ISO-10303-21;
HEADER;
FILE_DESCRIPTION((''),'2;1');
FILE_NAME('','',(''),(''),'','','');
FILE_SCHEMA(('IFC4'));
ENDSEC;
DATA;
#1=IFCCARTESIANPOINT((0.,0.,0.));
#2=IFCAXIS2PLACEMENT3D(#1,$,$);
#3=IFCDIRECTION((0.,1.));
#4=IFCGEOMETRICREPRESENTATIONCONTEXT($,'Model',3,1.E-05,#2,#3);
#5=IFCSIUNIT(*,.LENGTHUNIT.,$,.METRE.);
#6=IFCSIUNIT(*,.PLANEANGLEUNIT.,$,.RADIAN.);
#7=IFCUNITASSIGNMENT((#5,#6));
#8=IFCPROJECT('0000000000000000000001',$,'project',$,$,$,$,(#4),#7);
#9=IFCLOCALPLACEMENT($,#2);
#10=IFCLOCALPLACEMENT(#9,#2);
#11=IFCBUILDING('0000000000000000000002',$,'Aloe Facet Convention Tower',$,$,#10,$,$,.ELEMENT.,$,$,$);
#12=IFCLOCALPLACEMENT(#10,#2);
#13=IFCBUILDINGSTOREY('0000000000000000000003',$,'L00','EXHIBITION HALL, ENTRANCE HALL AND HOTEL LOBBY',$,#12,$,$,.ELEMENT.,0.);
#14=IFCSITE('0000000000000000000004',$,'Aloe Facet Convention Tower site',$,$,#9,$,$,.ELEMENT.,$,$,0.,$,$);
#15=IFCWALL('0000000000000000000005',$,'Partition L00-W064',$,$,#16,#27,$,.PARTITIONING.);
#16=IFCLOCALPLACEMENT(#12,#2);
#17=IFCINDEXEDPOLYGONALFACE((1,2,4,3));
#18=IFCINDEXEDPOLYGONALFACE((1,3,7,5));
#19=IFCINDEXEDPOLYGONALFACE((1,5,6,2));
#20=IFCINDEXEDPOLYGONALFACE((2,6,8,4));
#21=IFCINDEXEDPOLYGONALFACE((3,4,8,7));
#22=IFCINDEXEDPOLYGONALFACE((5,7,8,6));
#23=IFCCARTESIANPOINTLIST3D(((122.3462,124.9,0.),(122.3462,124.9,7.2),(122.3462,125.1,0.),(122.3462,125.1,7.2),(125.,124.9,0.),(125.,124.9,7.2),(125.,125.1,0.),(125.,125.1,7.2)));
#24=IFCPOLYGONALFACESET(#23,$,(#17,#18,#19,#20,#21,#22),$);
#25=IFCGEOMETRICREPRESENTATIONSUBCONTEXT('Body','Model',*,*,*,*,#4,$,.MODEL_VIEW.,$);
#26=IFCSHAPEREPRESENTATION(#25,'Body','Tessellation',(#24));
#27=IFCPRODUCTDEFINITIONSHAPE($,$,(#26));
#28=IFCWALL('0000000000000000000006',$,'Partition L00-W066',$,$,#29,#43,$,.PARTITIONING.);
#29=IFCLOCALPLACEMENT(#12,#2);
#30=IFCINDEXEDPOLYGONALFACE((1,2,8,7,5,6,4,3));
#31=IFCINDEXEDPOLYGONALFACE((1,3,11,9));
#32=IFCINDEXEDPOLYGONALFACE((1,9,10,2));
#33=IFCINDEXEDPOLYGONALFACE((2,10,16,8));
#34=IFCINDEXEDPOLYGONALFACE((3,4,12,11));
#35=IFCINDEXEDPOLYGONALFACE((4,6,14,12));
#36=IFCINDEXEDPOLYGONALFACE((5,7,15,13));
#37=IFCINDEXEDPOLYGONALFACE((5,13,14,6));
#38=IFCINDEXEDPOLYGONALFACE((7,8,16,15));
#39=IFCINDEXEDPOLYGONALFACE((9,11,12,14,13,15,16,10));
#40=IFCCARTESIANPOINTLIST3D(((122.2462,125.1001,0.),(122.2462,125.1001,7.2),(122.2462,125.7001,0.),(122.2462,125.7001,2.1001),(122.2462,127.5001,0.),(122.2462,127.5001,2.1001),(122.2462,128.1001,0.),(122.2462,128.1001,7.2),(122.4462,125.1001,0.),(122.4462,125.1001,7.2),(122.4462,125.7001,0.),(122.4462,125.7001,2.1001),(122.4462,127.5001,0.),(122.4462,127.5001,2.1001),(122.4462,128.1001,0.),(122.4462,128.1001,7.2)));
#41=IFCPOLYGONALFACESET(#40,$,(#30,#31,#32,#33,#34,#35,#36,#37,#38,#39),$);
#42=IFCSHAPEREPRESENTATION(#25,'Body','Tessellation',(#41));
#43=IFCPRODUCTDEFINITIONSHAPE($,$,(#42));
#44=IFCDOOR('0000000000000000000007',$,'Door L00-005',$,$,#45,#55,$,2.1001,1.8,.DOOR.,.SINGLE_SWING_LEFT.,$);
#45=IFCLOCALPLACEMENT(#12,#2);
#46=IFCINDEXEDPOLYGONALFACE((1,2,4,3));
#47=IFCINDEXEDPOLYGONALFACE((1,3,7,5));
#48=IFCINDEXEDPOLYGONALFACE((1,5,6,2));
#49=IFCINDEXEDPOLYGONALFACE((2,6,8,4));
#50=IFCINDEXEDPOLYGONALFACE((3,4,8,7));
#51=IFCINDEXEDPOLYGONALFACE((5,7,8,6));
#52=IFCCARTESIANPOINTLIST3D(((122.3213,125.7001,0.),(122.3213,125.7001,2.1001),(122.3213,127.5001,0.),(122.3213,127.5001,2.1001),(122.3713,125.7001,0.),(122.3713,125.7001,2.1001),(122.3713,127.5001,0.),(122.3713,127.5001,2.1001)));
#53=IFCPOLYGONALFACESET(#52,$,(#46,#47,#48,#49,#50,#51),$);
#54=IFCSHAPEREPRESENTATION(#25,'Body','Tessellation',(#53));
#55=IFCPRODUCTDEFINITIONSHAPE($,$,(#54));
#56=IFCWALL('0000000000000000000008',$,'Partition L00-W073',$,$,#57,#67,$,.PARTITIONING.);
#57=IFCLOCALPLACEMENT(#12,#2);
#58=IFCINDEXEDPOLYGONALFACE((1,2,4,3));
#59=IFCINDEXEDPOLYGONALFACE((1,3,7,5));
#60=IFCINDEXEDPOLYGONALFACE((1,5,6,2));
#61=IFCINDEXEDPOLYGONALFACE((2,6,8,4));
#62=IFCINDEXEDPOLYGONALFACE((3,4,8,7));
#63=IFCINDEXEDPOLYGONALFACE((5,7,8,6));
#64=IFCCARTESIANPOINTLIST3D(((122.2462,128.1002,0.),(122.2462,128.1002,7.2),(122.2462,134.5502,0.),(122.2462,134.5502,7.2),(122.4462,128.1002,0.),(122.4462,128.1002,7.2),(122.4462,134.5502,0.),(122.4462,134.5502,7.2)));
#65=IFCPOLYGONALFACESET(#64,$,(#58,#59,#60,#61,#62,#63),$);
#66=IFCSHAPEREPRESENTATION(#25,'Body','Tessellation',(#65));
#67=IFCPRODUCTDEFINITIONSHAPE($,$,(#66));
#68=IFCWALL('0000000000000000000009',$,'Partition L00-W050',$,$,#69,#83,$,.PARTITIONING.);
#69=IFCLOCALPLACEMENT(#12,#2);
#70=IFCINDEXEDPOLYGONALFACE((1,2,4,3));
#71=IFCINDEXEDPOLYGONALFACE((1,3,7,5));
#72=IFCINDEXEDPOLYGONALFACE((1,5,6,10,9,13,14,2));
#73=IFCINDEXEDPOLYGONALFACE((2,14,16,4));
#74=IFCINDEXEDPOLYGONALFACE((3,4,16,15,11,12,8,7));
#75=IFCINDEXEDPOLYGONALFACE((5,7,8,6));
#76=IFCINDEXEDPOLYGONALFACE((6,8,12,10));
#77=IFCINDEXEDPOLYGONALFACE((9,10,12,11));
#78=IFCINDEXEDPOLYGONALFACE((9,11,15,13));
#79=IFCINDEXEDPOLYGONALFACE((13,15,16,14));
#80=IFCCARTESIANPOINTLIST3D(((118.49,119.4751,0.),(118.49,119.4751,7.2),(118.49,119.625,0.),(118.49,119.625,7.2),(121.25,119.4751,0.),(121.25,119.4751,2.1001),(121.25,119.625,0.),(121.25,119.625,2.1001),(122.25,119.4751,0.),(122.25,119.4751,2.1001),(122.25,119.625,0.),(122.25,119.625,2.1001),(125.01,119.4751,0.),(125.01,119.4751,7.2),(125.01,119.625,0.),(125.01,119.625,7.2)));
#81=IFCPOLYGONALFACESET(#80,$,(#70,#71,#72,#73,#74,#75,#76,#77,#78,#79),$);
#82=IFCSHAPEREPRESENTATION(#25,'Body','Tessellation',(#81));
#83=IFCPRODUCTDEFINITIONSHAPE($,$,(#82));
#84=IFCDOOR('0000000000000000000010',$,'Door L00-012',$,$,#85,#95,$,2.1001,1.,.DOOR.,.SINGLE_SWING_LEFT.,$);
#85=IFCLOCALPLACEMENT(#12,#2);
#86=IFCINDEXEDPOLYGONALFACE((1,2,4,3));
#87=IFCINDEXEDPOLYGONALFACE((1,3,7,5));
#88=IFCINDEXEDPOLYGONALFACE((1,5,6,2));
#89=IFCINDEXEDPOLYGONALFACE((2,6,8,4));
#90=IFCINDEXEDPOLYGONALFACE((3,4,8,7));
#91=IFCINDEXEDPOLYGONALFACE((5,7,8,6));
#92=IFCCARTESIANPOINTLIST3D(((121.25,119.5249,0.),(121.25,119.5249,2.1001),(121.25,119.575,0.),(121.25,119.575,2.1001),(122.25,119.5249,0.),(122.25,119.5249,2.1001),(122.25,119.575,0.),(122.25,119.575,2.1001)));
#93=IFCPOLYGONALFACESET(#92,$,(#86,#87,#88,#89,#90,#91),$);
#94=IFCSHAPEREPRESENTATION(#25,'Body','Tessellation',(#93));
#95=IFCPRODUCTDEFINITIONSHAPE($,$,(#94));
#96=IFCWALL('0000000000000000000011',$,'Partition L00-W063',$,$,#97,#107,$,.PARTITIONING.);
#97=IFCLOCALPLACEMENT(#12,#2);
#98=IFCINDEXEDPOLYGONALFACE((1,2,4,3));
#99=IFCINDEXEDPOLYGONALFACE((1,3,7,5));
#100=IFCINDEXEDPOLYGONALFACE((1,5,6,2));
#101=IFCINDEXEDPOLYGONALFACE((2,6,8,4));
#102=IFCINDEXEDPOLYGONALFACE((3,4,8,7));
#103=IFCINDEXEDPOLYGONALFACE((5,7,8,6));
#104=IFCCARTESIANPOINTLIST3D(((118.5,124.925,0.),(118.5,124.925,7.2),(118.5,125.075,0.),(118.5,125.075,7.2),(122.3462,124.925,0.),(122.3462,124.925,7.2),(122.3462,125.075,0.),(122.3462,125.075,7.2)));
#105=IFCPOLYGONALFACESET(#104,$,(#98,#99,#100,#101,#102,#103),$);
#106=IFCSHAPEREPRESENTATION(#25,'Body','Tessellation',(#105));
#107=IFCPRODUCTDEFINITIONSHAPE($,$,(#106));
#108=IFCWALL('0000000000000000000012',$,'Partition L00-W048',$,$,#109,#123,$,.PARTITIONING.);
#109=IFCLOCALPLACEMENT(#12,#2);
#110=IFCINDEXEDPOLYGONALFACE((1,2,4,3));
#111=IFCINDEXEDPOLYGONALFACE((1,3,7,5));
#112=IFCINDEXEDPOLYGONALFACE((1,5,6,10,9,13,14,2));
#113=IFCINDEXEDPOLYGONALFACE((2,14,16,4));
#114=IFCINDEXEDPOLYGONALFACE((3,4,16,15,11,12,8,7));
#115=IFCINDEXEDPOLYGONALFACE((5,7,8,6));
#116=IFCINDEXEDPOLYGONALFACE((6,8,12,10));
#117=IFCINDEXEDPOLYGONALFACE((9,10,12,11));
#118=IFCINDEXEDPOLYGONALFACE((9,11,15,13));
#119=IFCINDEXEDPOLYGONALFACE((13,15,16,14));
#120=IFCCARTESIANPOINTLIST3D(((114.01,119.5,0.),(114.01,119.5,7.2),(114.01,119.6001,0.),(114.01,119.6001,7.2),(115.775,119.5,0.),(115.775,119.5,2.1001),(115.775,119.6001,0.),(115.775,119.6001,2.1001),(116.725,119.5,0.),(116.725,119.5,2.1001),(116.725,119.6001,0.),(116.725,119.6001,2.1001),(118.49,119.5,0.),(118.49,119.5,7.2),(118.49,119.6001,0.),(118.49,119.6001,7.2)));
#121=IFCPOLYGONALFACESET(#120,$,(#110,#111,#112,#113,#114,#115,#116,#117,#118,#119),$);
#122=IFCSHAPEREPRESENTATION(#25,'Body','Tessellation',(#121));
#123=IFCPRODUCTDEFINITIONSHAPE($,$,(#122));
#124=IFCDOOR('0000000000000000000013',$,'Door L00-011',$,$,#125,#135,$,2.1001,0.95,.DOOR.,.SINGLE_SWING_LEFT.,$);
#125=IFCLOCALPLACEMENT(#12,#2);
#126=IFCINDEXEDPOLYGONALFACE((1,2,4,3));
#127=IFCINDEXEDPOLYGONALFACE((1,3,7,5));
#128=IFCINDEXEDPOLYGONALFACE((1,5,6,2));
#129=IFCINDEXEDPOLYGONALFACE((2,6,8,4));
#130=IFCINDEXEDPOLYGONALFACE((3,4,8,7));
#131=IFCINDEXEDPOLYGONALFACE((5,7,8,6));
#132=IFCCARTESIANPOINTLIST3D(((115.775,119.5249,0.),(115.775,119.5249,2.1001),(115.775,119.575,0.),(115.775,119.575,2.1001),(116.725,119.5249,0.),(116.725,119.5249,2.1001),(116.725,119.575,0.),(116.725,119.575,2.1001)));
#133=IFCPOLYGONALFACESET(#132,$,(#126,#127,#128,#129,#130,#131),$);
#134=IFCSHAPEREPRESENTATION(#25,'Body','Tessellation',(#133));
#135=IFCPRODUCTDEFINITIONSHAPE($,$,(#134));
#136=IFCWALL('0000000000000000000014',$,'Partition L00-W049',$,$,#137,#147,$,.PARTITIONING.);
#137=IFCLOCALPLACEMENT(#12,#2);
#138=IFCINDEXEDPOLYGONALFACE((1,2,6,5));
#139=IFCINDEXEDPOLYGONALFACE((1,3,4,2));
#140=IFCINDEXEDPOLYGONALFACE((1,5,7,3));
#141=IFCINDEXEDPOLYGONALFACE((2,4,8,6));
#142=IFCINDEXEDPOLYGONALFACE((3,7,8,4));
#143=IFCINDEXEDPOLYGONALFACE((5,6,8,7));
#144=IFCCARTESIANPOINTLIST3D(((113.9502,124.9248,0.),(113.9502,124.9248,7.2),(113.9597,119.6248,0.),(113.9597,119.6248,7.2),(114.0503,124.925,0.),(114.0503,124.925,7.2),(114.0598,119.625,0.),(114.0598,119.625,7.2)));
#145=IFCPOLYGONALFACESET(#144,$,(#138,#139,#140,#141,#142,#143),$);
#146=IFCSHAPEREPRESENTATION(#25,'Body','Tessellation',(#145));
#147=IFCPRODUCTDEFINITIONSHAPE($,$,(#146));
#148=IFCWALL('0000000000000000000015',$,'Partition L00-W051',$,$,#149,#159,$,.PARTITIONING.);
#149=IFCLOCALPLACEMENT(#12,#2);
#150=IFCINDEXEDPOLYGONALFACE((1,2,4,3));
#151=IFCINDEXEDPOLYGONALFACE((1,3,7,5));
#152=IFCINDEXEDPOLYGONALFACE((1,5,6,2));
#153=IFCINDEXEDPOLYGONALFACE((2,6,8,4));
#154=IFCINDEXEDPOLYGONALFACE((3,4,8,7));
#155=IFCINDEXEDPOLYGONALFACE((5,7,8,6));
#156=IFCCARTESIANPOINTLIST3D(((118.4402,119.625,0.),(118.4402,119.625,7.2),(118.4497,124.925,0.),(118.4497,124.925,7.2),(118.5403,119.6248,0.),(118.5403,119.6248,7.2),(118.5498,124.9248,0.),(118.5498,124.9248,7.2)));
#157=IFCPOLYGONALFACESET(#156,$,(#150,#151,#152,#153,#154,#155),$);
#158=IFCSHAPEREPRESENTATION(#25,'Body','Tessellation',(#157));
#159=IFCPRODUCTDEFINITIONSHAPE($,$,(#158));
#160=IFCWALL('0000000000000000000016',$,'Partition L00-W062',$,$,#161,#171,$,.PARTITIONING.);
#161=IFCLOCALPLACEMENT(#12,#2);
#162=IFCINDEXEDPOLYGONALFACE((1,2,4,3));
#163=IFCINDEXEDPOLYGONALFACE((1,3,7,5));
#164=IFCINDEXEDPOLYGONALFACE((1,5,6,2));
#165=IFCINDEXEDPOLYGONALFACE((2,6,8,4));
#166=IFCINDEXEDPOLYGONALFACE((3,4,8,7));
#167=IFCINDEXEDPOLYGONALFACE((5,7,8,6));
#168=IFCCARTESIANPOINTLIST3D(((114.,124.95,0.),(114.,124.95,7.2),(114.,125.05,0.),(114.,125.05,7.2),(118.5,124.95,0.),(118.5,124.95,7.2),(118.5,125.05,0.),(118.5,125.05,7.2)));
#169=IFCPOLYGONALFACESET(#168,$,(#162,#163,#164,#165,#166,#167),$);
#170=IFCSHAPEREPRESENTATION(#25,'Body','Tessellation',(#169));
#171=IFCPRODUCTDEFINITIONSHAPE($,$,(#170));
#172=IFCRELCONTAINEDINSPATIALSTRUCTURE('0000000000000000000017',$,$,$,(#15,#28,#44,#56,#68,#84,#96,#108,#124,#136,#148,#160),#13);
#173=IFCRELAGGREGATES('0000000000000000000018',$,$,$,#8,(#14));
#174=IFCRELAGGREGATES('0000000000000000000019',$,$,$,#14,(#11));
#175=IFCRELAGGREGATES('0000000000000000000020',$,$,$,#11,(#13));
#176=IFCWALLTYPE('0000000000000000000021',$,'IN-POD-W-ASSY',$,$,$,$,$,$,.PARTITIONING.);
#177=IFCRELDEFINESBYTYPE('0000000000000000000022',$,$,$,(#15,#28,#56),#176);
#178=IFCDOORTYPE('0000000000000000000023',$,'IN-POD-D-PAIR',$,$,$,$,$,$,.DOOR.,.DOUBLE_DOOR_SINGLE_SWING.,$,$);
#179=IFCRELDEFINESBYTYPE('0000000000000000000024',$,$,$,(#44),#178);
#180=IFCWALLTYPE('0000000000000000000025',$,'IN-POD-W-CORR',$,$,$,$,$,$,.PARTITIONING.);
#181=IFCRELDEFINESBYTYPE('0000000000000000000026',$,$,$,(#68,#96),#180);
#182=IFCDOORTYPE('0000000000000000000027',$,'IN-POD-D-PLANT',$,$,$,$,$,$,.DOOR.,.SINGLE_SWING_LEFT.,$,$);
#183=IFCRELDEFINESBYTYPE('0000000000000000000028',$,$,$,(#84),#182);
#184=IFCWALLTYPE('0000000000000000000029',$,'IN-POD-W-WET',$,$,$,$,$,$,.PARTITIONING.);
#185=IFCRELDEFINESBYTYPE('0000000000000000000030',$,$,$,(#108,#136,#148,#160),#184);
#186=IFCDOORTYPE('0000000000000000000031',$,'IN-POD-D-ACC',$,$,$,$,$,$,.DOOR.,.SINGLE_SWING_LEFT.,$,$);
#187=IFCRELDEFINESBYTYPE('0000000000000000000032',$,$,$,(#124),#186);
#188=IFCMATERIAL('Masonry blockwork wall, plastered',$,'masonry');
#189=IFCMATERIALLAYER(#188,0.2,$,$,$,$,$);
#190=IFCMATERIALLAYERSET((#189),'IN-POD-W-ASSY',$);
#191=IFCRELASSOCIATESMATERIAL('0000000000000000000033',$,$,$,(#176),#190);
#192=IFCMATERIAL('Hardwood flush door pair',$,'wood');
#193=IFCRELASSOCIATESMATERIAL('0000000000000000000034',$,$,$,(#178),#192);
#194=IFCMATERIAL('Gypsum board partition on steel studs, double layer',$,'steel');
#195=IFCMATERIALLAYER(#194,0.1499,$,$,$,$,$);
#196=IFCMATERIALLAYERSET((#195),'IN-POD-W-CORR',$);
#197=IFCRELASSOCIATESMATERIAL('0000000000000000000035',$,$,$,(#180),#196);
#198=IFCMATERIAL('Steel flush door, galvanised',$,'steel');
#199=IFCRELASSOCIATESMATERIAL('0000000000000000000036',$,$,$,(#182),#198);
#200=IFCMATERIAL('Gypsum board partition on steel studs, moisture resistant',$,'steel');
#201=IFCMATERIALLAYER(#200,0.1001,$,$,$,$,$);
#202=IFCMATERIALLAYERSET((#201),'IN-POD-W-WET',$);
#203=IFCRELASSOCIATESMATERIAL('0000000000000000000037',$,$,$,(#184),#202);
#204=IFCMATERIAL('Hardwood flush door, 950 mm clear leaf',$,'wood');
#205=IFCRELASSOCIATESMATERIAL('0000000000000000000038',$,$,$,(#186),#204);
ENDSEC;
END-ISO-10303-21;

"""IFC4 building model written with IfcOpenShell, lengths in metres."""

from ifc_helpers import new_model, si_unit, direction, frame, frame_2d, origin, place, context, subcontext, project, spatial, rectangle, extrude, material, layer, layer_set, type_object, element, fill, save


model = new_model("IFC4")

# Units and contexts
model_context = context("Model", 3, precision=1e-05, world=origin(), true_north=direction((0.0, 1.0)))
body_context = subcontext(model_context, "Body", "Model", "MODEL_VIEW")
ifc_project = project(units=[si_unit("LENGTHUNIT", "METRE"), si_unit("PLANEANGLEUNIT", "RADIAN")], contexts=[model_context])

# Site, building, storey
site_placement = place(None, origin())
site = spatial("IfcSite", under=ifc_project, at=site_placement, Name="Aloe Facet Convention Tower site", CompositionType="ELEMENT", RefElevation=0.0)
building_placement = place(site_placement, origin())
building = spatial("IfcBuilding", under=site, at=building_placement, Name="Aloe Facet Convention Tower", CompositionType="ELEMENT")
storey_placement = place(building_placement, origin())
storey = spatial("IfcBuildingStorey", under=building, at=storey_placement, Name="L00", Description="EXHIBITION HALL, ENTRANCE HALL AND HOTEL LOBBY", CompositionType="ELEMENT", Elevation=0.0)

# Wall
ifc_material_1 = material(Name="Masonry blockwork wall, plastered", Category="masonry")
ifc_layer_1 = layer(ifc_material_1, 0.2)
ifc_layer_set_1 = layer_set([ifc_layer_1], Name="IN-POD-W-ASSY")
wall_type_1 = type_object("IfcWallType", Name="IN-POD-W-ASSY", PredefinedType="PARTITIONING", material=ifc_layer_set_1)
wall_1_placement = place(storey_placement, frame((122.3462, 125.0, 0.0), z_axis=(0.0, 0.0, 1.0), x_axis=(1.0, 0.0, 0.0)))
element("IfcWall", 1, at=wall_1_placement, inside=storey, type_object=wall_type_1, Name="Partition L00-W064", PredefinedType="PARTITIONING", context=body_context, shape_type="SweptSolid", body=[
    extrude(rectangle(XDim=2.6538, YDim=0.2, at=frame_2d((1.3269, 0.0))), origin(), (0.0, 0.0, 1.0), 7.2),
])

# Wall, opening, door
wall_2_placement = place(storey_placement, frame((122.3462, 125.1001, 0.0), z_axis=(0.0, 0.0, 1.0), x_axis=(0.0, 1.0, 0.0)))
wall_2 = element("IfcWall", 2, at=wall_2_placement, inside=storey, type_object=wall_type_1, Name="Partition L00-W066", PredefinedType="PARTITIONING", context=body_context, shape_type="SweptSolid", body=[
    extrude(rectangle(XDim=3.0, YDim=0.2, at=frame_2d((1.5, 0.0))), origin(), (0.0, 0.0, 1.0), 7.2),
])
opening_1_placement = place(wall_2_placement, frame((0.6001, 0.0, 0.0)))
opening_1 = element("IfcOpeningElement", 3, at=opening_1_placement, cuts=wall_2, PredefinedType="OPENING", context=body_context, shape_type="SweptSolid", body=[
    extrude(rectangle(XDim=1.8, YDim=2.1001, at=frame_2d((0.8999, 1.05))), frame((0.0, 0.1099, 0.0), z_axis=(0.0, -1.0, 0.0), x_axis=(1.0, 0.0, 0.0)), (0.0, 0.0, 1.0), 0.22),
])
ifc_material_2 = material(Name="Hardwood flush door pair", Category="wood")
door_type_1 = type_object("IfcDoorType", Name="IN-POD-D-PAIR", OperationType="DOUBLE_DOOR_SINGLE_SWING", PredefinedType="DOOR", material=ifc_material_2)
door_1_placement = place(opening_1_placement, origin())
door_1 = element("IfcDoor", 4, at=door_1_placement, inside=storey, type_object=door_type_1, Name="Door L00-005", OperationType="SINGLE_SWING_LEFT", OverallHeight=2.1001, OverallWidth=1.8, PredefinedType="DOOR", context=body_context, shape_type="SweptSolid", body=[
    extrude(rectangle(XDim=1.8, YDim=2.1001, at=frame_2d((0.8999, 1.05))), frame((0.0, 0.0249, 0.0), z_axis=(0.0, -1.0, 0.0), x_axis=(1.0, 0.0, 0.0)), (0.0, 0.0, 1.0), 0.05),
])
fill(opening_1, door_1)

# Wall
wall_3_placement = place(storey_placement, frame((122.3462, 128.1001, 0.0), z_axis=(0.0, 0.0, 1.0), x_axis=(0.0, 1.0, 0.0)))
element("IfcWall", 5, at=wall_3_placement, inside=storey, type_object=wall_type_1, Name="Partition L00-W073", PredefinedType="PARTITIONING", context=body_context, shape_type="SweptSolid", body=[
    extrude(rectangle(XDim=6.45, YDim=0.2, at=frame_2d((3.2251, 0.0))), origin(), (0.0, 0.0, 1.0), 7.2),
])

# Wall, opening, door
ifc_material_3 = material(Name="Gypsum board partition on steel studs, double layer", Category="steel")
ifc_layer_2 = layer(ifc_material_3, 0.1499)
ifc_layer_set_2 = layer_set([ifc_layer_2], Name="IN-POD-W-CORR")
wall_type_2 = type_object("IfcWallType", Name="IN-POD-W-CORR", PredefinedType="PARTITIONING", material=ifc_layer_set_2)
wall_4_placement = place(storey_placement, frame((118.49, 119.55, 0.0), z_axis=(0.0, 0.0, 1.0), x_axis=(1.0, 0.0, 0.0)))
wall_4 = element("IfcWall", 6, at=wall_4_placement, inside=storey, type_object=wall_type_2, Name="Partition L00-W050", PredefinedType="PARTITIONING", context=body_context, shape_type="SweptSolid", body=[
    extrude(rectangle(XDim=6.52, YDim=0.1499, at=frame_2d((3.26, 0.0))), origin(), (0.0, 0.0, 1.0), 7.2),
])
opening_2_placement = place(wall_4_placement, frame((2.76, 0.0, 0.0)))
opening_2 = element("IfcOpeningElement", 7, at=opening_2_placement, cuts=wall_4, PredefinedType="OPENING", context=body_context, shape_type="SweptSolid", body=[
    extrude(rectangle(XDim=1.0, YDim=2.1001, at=frame_2d((0.5, 1.05))), frame((0.0, 0.085, 0.0), z_axis=(0.0, -1.0, 0.0), x_axis=(1.0, 0.0, 0.0)), (0.0, 0.0, 1.0), 0.1699),
])
ifc_material_4 = material(Name="Steel flush door, galvanised", Category="steel")
door_type_2 = type_object("IfcDoorType", Name="IN-POD-D-PLANT", OperationType="SINGLE_SWING_LEFT", PredefinedType="DOOR", material=ifc_material_4)
door_2_placement = place(opening_2_placement, origin())
door_2 = element("IfcDoor", 8, at=door_2_placement, inside=storey, type_object=door_type_2, Name="Door L00-012", OperationType="SINGLE_SWING_LEFT", OverallHeight=2.1001, OverallWidth=1.0, PredefinedType="DOOR", context=body_context, shape_type="SweptSolid", body=[
    extrude(rectangle(XDim=1.0, YDim=2.1001, at=frame_2d((0.5, 1.05))), frame((0.0, 0.0249, 0.0), z_axis=(0.0, -1.0, 0.0), x_axis=(1.0, 0.0, 0.0)), (0.0, 0.0, 1.0), 0.05),
])
fill(opening_2, door_2)

# Wall
wall_5_placement = place(storey_placement, frame((118.5, 125.0, 0.0), z_axis=(0.0, 0.0, 1.0), x_axis=(1.0, 0.0, 0.0)))
element("IfcWall", 9, at=wall_5_placement, inside=storey, type_object=wall_type_2, Name="Partition L00-W063", PredefinedType="PARTITIONING", context=body_context, shape_type="SweptSolid", body=[
    extrude(rectangle(XDim=3.8462, YDim=0.1499, at=frame_2d((1.9231, 0.0))), origin(), (0.0, 0.0, 1.0), 7.2),
])

# Wall, opening, door
ifc_material_5 = material(Name="Gypsum board partition on steel studs, moisture resistant", Category="steel")
ifc_layer_3 = layer(ifc_material_5, 0.1001)
ifc_layer_set_3 = layer_set([ifc_layer_3], Name="IN-POD-W-WET")
wall_type_3 = type_object("IfcWallType", Name="IN-POD-W-WET", PredefinedType="PARTITIONING", material=ifc_layer_set_3)
wall_6_placement = place(storey_placement, frame((114.01, 119.55, 0.0), z_axis=(0.0, 0.0, 1.0), x_axis=(1.0, 0.0, 0.0)))
wall_6 = element("IfcWall", 10, at=wall_6_placement, inside=storey, type_object=wall_type_3, Name="Partition L00-W048", PredefinedType="PARTITIONING", context=body_context, shape_type="SweptSolid", body=[
    extrude(rectangle(XDim=4.48, YDim=0.1001, at=frame_2d((2.24, 0.0))), origin(), (0.0, 0.0, 1.0), 7.2),
])
opening_3_placement = place(wall_6_placement, frame((1.7649, 0.0, 0.0)))
opening_3 = element("IfcOpeningElement", 11, at=opening_3_placement, cuts=wall_6, PredefinedType="OPENING", context=body_context, shape_type="SweptSolid", body=[
    extrude(rectangle(XDim=0.95, YDim=2.1001, at=frame_2d((0.4751, 1.05))), frame((0.0, 0.0601, 0.0), z_axis=(0.0, -1.0, 0.0), x_axis=(1.0, 0.0, 0.0)), (0.0, 0.0, 1.0), 0.1201),
])
ifc_material_6 = material(Name="Hardwood flush door, 950 mm clear leaf", Category="wood")
door_type_3 = type_object("IfcDoorType", Name="IN-POD-D-ACC", OperationType="SINGLE_SWING_LEFT", PredefinedType="DOOR", material=ifc_material_6)
door_3_placement = place(opening_3_placement, origin())
door_3 = element("IfcDoor", 12, at=door_3_placement, inside=storey, type_object=door_type_3, Name="Door L00-011", OperationType="SINGLE_SWING_LEFT", OverallHeight=2.1001, OverallWidth=0.95, PredefinedType="DOOR", context=body_context, shape_type="SweptSolid", body=[
    extrude(rectangle(XDim=0.95, YDim=2.1001, at=frame_2d((0.4751, 1.05))), frame((0.0, 0.0249, 0.0), z_axis=(0.0, -1.0, 0.0), x_axis=(1.0, 0.0, 0.0)), (0.0, 0.0, 1.0), 0.05),
])
fill(opening_3, door_3)

# Walls
for number, where, z_axis, x_axis, name in (
    (13, (114.0098, 119.625, 0.0), (0.0, 0.0, 1.0), (-0.001796, 0.999998, 0.0), "Partition L00-W049"),
    (14, (118.4902, 119.625, 0.0), (0.0, 0.0, 1.0), (0.001796, 0.999998, 0.0), "Partition L00-W051"),
):
    element("IfcWall", number, at=place(storey_placement, frame(where, z_axis=z_axis, x_axis=x_axis)), inside=storey, type_object=wall_type_3, Name=name, PredefinedType="PARTITIONING", context=body_context, shape_type="SweptSolid", body=[
        extrude(rectangle(XDim=5.3, YDim=0.1001, at=frame_2d((2.6499, 0.0))), origin(), (0.0, 0.0, 1.0), 7.2),
    ])
wall_7_placement = place(storey_placement, frame((114.0, 125.0, 0.0), z_axis=(0.0, 0.0, 1.0), x_axis=(1.0, 0.0, 0.0)))
element("IfcWall", 15, at=wall_7_placement, inside=storey, type_object=wall_type_3, Name="Partition L00-W062", PredefinedType="PARTITIONING", context=body_context, shape_type="SweptSolid", body=[
    extrude(rectangle(XDim=4.5, YDim=0.1001, at=frame_2d((2.25, 0.0))), origin(), (0.0, 0.0, 1.0), 7.2),
])

save(model, "model.ifc")
